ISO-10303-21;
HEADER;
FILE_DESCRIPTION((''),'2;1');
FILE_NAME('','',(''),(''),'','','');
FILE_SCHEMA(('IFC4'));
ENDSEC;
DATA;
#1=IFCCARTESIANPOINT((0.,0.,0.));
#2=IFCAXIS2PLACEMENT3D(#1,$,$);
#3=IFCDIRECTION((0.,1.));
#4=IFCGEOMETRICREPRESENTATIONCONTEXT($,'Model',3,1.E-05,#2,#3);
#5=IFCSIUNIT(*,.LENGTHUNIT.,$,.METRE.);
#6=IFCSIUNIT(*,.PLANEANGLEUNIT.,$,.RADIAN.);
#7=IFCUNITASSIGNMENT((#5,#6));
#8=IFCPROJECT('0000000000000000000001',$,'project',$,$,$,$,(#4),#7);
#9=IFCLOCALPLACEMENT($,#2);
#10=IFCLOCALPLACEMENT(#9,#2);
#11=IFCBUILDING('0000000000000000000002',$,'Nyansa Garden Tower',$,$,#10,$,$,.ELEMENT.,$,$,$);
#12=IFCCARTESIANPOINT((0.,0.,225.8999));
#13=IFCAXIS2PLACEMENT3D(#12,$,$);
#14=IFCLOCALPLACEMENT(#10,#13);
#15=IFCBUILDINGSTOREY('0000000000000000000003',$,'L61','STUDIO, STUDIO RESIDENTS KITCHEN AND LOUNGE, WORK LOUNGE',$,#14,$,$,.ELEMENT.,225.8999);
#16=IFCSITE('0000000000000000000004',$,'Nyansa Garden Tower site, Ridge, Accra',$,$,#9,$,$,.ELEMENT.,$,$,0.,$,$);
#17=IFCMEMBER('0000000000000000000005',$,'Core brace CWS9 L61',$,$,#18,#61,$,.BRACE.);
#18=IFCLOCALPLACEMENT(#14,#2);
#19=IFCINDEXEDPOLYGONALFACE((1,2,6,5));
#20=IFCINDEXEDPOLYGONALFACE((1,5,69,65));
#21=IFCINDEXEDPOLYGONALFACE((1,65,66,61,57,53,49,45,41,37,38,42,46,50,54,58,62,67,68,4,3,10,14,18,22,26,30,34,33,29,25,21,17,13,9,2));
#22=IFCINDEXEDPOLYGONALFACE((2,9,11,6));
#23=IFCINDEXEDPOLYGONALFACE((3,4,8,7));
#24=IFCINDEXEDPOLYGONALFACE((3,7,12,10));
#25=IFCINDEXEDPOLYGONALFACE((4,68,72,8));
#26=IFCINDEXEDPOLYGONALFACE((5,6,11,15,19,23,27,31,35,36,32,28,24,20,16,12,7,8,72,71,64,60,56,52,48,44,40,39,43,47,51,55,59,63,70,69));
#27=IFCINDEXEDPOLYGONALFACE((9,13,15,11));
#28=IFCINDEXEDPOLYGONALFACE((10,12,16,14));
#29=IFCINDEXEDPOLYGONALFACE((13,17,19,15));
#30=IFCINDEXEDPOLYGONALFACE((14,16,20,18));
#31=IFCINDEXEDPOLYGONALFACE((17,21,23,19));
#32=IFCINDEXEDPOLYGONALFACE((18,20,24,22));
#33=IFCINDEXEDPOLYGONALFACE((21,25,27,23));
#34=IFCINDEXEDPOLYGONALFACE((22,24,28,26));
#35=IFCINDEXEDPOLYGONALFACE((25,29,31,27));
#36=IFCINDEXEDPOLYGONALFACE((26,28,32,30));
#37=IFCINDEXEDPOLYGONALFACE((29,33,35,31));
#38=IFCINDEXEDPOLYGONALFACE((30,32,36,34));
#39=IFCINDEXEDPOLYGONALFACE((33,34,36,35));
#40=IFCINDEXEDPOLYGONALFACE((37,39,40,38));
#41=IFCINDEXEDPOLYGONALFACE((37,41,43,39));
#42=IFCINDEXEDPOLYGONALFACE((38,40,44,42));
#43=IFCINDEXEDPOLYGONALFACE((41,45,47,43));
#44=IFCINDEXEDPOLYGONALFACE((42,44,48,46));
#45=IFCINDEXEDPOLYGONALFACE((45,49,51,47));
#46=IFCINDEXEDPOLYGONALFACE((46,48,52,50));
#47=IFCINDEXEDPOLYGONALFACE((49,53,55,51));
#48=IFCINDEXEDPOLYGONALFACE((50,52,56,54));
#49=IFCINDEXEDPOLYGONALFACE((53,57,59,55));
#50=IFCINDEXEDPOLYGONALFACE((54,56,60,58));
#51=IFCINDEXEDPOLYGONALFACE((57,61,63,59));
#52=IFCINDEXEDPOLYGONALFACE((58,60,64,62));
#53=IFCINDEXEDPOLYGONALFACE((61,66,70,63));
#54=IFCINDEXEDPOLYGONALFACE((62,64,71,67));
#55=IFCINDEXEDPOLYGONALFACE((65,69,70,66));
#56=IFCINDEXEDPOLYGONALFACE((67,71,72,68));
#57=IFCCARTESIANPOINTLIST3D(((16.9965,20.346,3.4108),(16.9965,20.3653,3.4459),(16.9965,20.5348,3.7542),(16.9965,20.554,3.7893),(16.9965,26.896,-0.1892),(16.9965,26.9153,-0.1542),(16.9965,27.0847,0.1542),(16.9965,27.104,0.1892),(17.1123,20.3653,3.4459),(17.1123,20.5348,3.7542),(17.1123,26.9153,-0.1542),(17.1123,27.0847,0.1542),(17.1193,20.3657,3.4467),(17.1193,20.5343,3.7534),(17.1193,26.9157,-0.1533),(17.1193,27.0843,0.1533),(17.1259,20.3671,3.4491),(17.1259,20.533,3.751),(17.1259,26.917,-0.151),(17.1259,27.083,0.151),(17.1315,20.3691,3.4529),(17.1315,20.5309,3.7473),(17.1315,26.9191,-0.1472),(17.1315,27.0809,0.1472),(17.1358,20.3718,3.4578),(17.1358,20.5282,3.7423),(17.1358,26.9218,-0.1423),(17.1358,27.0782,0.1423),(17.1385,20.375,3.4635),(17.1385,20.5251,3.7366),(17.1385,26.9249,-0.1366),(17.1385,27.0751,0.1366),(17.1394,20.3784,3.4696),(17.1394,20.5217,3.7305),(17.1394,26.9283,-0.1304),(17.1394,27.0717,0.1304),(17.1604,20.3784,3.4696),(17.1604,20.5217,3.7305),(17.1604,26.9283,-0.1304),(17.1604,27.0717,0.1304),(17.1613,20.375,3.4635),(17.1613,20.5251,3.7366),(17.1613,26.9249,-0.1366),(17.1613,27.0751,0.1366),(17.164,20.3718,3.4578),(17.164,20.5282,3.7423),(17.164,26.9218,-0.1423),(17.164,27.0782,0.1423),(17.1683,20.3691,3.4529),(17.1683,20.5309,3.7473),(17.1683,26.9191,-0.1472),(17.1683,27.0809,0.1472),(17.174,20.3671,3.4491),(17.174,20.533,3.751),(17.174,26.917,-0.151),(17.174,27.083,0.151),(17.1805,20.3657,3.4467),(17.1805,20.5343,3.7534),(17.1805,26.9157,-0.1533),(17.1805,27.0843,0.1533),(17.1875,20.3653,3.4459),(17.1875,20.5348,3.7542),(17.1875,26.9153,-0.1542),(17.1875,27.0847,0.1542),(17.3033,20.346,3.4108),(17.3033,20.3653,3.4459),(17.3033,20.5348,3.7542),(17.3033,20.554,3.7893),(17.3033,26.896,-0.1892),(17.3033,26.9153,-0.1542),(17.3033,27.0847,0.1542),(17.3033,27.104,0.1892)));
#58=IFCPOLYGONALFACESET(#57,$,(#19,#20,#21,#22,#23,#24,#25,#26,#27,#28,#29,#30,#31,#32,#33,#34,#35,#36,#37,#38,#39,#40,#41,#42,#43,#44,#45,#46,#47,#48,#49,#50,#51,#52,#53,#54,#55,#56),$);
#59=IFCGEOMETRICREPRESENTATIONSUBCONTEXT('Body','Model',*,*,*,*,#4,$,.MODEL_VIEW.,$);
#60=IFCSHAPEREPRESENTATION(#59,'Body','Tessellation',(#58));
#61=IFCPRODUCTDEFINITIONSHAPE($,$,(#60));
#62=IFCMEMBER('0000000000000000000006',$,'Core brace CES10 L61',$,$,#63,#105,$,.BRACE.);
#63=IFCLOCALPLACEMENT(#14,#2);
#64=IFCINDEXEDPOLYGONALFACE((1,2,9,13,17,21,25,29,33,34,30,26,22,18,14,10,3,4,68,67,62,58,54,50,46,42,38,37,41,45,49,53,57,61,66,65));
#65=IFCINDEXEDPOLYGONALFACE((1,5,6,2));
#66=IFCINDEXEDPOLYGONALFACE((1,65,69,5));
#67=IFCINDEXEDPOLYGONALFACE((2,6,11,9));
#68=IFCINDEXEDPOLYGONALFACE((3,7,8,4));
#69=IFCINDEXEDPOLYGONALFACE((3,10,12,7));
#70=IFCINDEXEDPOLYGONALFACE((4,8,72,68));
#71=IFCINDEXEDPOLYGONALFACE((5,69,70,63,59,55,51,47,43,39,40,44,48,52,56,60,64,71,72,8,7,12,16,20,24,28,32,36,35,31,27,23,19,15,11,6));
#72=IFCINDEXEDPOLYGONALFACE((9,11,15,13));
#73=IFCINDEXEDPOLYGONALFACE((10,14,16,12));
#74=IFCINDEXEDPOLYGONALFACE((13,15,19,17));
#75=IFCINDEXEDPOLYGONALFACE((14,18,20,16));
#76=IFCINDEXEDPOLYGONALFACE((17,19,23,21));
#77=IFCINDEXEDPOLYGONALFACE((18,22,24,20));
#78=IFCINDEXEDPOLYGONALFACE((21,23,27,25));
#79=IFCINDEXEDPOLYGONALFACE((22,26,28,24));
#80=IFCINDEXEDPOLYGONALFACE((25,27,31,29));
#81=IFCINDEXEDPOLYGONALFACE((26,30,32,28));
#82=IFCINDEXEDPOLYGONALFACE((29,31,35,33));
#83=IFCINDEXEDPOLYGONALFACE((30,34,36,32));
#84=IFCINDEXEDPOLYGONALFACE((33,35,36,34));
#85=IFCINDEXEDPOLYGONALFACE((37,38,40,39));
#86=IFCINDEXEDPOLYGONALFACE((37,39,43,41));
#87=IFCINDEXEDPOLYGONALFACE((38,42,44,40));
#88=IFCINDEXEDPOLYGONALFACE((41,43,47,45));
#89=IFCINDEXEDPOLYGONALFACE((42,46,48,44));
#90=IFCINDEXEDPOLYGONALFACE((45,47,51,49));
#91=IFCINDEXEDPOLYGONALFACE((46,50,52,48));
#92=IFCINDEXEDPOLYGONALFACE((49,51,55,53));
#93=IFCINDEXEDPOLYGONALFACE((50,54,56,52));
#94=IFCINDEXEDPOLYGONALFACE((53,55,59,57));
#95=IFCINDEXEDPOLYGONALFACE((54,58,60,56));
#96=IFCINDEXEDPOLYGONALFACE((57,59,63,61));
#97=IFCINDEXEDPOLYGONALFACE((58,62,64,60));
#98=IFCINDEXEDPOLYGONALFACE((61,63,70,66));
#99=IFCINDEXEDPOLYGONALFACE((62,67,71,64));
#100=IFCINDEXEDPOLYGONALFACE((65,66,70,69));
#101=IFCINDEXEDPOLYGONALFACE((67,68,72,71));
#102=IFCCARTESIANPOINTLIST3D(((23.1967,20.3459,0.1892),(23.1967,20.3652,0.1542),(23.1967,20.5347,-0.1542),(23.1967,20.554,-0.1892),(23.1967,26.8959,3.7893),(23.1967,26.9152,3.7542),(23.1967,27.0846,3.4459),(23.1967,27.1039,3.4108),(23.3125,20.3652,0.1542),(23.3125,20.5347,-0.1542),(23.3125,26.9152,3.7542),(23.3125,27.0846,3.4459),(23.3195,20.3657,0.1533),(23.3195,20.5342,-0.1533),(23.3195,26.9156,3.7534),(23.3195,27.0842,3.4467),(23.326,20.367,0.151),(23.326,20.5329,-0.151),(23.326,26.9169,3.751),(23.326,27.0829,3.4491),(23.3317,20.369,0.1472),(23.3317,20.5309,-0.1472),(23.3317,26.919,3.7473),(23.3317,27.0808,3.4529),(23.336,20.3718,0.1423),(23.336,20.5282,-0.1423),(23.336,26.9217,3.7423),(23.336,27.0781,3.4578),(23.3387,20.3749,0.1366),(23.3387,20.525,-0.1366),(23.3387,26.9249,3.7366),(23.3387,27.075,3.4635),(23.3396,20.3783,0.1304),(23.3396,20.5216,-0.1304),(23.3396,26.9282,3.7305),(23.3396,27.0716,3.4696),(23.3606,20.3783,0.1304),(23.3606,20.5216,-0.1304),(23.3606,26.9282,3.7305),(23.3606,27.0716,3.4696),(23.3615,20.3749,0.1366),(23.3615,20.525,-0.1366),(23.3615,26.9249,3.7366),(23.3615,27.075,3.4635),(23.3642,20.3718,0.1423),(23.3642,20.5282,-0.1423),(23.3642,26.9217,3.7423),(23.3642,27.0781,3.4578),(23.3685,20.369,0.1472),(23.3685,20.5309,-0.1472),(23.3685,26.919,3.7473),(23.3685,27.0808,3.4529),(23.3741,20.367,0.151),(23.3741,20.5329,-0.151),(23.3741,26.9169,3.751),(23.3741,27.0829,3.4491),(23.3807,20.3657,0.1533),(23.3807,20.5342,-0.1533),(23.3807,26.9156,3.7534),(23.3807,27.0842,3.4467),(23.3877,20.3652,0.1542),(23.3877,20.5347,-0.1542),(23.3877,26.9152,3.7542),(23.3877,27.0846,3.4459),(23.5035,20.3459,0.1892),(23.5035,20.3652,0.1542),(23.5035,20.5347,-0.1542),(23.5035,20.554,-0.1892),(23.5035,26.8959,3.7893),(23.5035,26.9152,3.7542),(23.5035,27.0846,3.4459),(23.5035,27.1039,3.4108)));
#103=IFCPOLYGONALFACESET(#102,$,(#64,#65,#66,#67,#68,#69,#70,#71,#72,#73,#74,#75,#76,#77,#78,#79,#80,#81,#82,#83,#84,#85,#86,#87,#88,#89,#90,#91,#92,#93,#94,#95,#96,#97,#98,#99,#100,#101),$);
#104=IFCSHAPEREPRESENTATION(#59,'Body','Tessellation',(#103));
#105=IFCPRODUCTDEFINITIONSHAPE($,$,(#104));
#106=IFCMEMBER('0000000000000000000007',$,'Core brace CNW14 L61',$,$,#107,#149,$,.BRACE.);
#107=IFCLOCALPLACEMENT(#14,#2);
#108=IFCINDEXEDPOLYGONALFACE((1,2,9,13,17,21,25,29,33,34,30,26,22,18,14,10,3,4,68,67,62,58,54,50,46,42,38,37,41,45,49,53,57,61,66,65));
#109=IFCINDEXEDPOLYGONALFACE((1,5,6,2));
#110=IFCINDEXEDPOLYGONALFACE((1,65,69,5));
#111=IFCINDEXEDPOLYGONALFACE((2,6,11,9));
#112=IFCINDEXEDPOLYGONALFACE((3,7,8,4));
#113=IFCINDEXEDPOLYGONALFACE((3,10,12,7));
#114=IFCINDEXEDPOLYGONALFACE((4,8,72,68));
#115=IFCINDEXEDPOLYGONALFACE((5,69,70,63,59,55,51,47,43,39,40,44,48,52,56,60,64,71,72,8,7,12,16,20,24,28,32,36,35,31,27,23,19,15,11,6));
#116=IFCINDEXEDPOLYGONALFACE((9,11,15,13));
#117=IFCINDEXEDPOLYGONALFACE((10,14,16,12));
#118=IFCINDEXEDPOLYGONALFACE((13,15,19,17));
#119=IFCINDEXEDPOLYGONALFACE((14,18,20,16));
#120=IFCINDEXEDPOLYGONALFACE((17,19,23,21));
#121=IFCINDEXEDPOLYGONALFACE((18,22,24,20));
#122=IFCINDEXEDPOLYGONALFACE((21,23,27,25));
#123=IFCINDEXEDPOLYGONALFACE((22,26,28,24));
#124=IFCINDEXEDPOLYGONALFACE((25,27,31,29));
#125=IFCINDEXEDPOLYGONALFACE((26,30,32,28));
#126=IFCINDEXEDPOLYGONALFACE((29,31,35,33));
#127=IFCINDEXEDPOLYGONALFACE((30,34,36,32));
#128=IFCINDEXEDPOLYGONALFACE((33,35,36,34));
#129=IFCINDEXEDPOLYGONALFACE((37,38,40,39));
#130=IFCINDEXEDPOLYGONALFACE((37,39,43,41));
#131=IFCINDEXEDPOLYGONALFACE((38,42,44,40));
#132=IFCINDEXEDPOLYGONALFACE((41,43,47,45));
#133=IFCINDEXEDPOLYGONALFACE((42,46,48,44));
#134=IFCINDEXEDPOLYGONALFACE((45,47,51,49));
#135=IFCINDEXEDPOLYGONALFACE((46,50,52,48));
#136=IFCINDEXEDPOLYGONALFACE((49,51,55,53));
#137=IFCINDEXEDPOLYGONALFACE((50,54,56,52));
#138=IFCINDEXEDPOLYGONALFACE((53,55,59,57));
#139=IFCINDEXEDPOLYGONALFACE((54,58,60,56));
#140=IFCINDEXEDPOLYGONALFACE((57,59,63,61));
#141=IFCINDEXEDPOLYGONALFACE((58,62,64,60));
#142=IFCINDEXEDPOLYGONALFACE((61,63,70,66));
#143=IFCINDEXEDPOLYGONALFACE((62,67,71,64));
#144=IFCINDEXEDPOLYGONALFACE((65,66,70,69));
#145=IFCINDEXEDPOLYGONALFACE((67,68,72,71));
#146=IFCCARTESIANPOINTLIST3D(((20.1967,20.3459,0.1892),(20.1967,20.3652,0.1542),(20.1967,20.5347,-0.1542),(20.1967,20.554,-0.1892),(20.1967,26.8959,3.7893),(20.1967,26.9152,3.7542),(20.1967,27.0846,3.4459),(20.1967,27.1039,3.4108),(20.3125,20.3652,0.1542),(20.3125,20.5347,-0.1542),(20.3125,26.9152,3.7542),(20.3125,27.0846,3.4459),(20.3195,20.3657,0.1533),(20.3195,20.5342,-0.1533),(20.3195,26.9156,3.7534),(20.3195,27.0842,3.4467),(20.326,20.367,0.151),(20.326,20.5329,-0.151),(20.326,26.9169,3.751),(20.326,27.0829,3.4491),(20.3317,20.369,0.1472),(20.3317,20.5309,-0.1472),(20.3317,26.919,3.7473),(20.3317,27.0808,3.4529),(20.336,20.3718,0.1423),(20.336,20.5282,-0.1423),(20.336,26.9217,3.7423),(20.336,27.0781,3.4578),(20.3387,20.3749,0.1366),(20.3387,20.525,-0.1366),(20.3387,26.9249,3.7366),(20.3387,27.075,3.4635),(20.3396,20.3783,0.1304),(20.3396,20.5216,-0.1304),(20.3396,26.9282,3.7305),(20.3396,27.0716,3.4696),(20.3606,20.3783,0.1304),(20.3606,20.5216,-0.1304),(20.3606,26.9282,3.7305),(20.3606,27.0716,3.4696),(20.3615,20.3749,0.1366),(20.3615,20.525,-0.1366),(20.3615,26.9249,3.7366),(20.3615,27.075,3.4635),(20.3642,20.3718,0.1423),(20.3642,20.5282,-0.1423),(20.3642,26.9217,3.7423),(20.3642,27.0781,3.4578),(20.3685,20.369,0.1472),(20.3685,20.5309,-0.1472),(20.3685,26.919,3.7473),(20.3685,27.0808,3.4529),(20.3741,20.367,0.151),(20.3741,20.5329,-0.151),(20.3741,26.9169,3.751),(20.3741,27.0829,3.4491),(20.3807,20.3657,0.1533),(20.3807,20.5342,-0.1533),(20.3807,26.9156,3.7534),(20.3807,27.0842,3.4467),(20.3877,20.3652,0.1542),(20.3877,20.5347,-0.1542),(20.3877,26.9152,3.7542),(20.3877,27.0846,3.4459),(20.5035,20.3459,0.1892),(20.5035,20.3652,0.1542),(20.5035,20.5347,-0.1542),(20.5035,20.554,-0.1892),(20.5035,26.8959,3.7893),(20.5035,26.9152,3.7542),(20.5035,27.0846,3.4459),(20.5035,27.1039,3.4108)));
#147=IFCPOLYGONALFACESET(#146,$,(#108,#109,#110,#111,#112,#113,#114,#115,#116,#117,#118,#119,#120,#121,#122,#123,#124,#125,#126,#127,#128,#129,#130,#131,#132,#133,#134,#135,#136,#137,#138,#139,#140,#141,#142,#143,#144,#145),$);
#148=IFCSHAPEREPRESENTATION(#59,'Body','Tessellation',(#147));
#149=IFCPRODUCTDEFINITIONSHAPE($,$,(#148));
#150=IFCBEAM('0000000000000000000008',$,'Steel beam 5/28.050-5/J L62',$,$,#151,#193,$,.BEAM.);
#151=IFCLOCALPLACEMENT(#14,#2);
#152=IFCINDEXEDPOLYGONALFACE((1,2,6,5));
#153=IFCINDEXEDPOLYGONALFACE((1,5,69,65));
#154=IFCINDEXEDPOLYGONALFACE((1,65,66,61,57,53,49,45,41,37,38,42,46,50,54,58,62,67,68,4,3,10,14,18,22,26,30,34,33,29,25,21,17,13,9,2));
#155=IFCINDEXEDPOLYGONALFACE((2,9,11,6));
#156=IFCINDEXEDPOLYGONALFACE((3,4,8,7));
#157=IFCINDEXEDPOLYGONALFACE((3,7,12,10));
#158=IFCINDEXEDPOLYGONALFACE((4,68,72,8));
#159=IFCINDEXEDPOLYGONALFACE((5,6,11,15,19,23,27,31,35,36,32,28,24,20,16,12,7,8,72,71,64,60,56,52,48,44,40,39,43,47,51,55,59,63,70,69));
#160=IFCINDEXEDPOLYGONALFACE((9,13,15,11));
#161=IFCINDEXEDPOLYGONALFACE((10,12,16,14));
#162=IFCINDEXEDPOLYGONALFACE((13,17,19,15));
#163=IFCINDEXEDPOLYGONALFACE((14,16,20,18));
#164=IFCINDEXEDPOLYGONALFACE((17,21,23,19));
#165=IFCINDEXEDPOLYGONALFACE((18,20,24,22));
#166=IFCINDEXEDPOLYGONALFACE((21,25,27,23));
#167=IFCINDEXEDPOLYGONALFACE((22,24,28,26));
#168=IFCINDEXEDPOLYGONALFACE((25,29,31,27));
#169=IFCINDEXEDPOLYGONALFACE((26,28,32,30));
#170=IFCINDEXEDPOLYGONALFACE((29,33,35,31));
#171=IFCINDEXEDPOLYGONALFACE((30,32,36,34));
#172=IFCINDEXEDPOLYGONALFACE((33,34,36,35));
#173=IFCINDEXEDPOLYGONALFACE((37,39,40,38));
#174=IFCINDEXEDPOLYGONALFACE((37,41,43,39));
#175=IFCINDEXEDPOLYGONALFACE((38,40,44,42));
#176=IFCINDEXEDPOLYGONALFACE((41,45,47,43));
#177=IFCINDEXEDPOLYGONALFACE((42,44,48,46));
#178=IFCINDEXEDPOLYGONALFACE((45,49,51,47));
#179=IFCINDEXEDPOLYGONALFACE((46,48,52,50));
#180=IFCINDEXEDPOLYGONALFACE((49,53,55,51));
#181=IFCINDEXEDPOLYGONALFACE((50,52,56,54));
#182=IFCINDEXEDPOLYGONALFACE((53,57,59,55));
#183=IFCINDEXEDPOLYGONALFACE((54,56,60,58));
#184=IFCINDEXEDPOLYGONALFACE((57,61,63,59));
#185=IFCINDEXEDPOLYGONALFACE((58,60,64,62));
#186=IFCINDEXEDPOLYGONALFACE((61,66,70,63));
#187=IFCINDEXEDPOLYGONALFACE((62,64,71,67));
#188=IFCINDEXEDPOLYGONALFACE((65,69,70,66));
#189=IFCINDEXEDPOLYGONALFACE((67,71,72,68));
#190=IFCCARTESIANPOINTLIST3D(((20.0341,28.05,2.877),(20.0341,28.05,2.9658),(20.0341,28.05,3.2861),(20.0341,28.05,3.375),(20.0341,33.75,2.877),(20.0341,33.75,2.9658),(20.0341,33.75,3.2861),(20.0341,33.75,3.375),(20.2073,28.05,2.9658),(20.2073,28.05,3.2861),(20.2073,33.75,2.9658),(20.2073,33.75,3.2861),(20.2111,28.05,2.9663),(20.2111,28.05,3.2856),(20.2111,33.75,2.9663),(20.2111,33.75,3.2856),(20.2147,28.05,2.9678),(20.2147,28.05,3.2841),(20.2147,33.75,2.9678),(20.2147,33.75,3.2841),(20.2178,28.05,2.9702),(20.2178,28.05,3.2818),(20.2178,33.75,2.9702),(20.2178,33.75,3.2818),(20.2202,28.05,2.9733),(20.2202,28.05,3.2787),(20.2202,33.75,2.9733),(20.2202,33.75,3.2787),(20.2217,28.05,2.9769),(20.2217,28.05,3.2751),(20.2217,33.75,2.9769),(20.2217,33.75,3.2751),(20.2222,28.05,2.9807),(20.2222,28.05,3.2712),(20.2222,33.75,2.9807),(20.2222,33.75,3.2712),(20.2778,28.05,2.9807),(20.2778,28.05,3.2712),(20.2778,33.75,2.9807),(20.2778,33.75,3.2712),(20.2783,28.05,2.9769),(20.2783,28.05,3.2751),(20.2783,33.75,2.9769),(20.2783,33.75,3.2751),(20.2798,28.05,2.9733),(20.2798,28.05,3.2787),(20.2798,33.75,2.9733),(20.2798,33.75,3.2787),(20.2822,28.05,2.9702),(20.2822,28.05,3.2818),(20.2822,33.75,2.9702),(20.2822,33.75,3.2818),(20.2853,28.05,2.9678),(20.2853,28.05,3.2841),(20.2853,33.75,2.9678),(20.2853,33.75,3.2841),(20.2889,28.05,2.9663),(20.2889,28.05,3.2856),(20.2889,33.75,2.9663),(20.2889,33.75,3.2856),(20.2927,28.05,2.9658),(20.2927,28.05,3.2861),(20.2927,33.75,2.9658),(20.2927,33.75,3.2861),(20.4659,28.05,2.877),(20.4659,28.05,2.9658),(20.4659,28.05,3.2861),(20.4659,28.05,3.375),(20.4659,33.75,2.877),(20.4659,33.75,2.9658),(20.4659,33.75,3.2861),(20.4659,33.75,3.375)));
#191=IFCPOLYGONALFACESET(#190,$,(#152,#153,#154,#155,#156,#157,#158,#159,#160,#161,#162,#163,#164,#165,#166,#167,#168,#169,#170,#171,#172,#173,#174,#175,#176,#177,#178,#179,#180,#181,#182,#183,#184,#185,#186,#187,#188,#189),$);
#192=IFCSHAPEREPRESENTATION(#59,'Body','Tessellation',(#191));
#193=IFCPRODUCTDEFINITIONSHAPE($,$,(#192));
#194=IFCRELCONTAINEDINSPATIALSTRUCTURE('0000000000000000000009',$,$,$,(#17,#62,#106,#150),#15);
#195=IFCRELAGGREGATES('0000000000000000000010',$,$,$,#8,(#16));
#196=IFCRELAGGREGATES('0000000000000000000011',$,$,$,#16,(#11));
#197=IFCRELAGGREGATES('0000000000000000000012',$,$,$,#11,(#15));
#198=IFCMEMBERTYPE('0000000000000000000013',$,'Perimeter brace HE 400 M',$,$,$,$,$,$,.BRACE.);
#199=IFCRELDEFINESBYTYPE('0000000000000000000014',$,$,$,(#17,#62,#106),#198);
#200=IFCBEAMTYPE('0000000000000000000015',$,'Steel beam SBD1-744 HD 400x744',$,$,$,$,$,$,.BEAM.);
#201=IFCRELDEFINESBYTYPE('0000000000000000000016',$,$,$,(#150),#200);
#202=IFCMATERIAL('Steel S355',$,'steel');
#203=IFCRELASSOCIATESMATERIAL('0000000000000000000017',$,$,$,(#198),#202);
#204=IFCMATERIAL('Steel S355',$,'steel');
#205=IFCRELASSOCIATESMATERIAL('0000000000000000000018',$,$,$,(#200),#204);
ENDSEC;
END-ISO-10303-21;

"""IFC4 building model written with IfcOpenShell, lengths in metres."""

from ifc_helpers import new_model, si_unit, direction, frame, origin, origin_2d, place, context, subcontext, project, spatial, i_section, extrude, material, material_profile, profile_set, type_object, element, save


model = new_model("IFC4")

# Units and contexts
model_context = context("Model", 3, precision=1e-05, world=origin(), true_north=direction((0.0, 1.0)))
body_context = subcontext(model_context, "Body", "Model", "MODEL_VIEW")
ifc_project = project(units=[si_unit("LENGTHUNIT", "METRE"), si_unit("PLANEANGLEUNIT", "RADIAN")], contexts=[model_context])

# Site, building, storey
site_placement = place(None, origin())
site = spatial("IfcSite", under=ifc_project, at=site_placement, Name="Nyansa Garden Tower site, Ridge, Accra", CompositionType="ELEMENT", RefElevation=0.0)
building_placement = place(site_placement, origin())
building = spatial("IfcBuilding", under=site, at=building_placement, Name="Nyansa Garden Tower", CompositionType="ELEMENT")
storey_placement = place(building_placement, frame((0.0, 0.0, 225.8999)))
storey = spatial("IfcBuildingStorey", under=building, at=storey_placement, Name="L61", Description="STUDIO, STUDIO RESIDENTS KITCHEN AND LOUNGE, WORK LOUNGE", CompositionType="ELEMENT", Elevation=225.8999)

# Members
ifc_material_1 = material(Name="Steel S355", Category="steel")
ifc_material_profile_1 = material_profile(ifc_material_1, i_section(OverallWidth=0.3069, OverallDepth=0.4319, WebThickness=0.021, FlangeThickness=0.04, FilletRadius=0.0271, at=origin_2d()), Name="HE 400 M")
ifc_profile_set_1 = profile_set([ifc_material_profile_1], Name="Steel S355")
member_type_1 = type_object("IfcMemberType", Name="Perimeter brace HE 400 M", PredefinedType="BRACE", material=ifc_profile_set_1)
for number, where, z_axis, x_axis, name in (
    (1, (17.1499, 27.0, 0.0), (0.0, -0.876353, 0.481669), (1.0, 0.0, 0.0), "Core brace CWS9 L61"),
    (2, (23.3501, 20.45, 0.0), (0.0, 0.876353, 0.481669), (-1.0, 0.0, 0.0), "Core brace CES10 L61"),
    (3, (20.3501, 20.45, 0.0), (0.0, 0.876353, 0.481669), (-1.0, 0.0, 0.0), "Core brace CNW14 L61"),
):
    element("IfcMember", number, at=place(storey_placement, frame(where, z_axis=z_axis, x_axis=x_axis)), inside=storey, type_object=member_type_1, Name=name, PredefinedType="BRACE", context=body_context, shape_type="SweptSolid", body=[
        extrude(i_section(OverallWidth=0.3069, OverallDepth=0.4319, WebThickness=0.021, FlangeThickness=0.04, FilletRadius=0.0271, at=origin_2d()), origin(), (0.0, 0.0, 1.0), 7.4741),
    ])

# Beam
ifc_material_2 = material(Name="Steel S355", Category="steel")
ifc_material_profile_2 = material_profile(ifc_material_2, i_section(OverallWidth=0.4319, OverallDepth=0.498, WebThickness=0.0557, FlangeThickness=0.0889, FilletRadius=0.0149, at=origin_2d()), Name="HD 400x744")
ifc_profile_set_2 = profile_set([ifc_material_profile_2], Name="Steel S355")
beam_type_1 = type_object("IfcBeamType", Name="Steel beam SBD1-744 HD 400x744", PredefinedType="BEAM", material=ifc_profile_set_2)
for number, where, z_axis, x_axis, name in (
    (4, (20.25, 28.05, 3.126), (0.0, 1.0, 0.0), (-1.0, 0.0, 0.0), "Steel beam 5/28.050-5/J L62"),
):
    element("IfcBeam", number, at=place(storey_placement, frame(where, z_axis=z_axis, x_axis=x_axis)), inside=storey, type_object=beam_type_1, Name=name, PredefinedType="BEAM", context=body_context, shape_type="SweptSolid", body=[
        extrude(i_section(OverallWidth=0.4319, OverallDepth=0.498, WebThickness=0.0557, FlangeThickness=0.0889, FilletRadius=0.0149, at=origin_2d()), origin(), (0.0, 0.0, 1.0), 5.7),
    ])

save(model, "model.ifc")
